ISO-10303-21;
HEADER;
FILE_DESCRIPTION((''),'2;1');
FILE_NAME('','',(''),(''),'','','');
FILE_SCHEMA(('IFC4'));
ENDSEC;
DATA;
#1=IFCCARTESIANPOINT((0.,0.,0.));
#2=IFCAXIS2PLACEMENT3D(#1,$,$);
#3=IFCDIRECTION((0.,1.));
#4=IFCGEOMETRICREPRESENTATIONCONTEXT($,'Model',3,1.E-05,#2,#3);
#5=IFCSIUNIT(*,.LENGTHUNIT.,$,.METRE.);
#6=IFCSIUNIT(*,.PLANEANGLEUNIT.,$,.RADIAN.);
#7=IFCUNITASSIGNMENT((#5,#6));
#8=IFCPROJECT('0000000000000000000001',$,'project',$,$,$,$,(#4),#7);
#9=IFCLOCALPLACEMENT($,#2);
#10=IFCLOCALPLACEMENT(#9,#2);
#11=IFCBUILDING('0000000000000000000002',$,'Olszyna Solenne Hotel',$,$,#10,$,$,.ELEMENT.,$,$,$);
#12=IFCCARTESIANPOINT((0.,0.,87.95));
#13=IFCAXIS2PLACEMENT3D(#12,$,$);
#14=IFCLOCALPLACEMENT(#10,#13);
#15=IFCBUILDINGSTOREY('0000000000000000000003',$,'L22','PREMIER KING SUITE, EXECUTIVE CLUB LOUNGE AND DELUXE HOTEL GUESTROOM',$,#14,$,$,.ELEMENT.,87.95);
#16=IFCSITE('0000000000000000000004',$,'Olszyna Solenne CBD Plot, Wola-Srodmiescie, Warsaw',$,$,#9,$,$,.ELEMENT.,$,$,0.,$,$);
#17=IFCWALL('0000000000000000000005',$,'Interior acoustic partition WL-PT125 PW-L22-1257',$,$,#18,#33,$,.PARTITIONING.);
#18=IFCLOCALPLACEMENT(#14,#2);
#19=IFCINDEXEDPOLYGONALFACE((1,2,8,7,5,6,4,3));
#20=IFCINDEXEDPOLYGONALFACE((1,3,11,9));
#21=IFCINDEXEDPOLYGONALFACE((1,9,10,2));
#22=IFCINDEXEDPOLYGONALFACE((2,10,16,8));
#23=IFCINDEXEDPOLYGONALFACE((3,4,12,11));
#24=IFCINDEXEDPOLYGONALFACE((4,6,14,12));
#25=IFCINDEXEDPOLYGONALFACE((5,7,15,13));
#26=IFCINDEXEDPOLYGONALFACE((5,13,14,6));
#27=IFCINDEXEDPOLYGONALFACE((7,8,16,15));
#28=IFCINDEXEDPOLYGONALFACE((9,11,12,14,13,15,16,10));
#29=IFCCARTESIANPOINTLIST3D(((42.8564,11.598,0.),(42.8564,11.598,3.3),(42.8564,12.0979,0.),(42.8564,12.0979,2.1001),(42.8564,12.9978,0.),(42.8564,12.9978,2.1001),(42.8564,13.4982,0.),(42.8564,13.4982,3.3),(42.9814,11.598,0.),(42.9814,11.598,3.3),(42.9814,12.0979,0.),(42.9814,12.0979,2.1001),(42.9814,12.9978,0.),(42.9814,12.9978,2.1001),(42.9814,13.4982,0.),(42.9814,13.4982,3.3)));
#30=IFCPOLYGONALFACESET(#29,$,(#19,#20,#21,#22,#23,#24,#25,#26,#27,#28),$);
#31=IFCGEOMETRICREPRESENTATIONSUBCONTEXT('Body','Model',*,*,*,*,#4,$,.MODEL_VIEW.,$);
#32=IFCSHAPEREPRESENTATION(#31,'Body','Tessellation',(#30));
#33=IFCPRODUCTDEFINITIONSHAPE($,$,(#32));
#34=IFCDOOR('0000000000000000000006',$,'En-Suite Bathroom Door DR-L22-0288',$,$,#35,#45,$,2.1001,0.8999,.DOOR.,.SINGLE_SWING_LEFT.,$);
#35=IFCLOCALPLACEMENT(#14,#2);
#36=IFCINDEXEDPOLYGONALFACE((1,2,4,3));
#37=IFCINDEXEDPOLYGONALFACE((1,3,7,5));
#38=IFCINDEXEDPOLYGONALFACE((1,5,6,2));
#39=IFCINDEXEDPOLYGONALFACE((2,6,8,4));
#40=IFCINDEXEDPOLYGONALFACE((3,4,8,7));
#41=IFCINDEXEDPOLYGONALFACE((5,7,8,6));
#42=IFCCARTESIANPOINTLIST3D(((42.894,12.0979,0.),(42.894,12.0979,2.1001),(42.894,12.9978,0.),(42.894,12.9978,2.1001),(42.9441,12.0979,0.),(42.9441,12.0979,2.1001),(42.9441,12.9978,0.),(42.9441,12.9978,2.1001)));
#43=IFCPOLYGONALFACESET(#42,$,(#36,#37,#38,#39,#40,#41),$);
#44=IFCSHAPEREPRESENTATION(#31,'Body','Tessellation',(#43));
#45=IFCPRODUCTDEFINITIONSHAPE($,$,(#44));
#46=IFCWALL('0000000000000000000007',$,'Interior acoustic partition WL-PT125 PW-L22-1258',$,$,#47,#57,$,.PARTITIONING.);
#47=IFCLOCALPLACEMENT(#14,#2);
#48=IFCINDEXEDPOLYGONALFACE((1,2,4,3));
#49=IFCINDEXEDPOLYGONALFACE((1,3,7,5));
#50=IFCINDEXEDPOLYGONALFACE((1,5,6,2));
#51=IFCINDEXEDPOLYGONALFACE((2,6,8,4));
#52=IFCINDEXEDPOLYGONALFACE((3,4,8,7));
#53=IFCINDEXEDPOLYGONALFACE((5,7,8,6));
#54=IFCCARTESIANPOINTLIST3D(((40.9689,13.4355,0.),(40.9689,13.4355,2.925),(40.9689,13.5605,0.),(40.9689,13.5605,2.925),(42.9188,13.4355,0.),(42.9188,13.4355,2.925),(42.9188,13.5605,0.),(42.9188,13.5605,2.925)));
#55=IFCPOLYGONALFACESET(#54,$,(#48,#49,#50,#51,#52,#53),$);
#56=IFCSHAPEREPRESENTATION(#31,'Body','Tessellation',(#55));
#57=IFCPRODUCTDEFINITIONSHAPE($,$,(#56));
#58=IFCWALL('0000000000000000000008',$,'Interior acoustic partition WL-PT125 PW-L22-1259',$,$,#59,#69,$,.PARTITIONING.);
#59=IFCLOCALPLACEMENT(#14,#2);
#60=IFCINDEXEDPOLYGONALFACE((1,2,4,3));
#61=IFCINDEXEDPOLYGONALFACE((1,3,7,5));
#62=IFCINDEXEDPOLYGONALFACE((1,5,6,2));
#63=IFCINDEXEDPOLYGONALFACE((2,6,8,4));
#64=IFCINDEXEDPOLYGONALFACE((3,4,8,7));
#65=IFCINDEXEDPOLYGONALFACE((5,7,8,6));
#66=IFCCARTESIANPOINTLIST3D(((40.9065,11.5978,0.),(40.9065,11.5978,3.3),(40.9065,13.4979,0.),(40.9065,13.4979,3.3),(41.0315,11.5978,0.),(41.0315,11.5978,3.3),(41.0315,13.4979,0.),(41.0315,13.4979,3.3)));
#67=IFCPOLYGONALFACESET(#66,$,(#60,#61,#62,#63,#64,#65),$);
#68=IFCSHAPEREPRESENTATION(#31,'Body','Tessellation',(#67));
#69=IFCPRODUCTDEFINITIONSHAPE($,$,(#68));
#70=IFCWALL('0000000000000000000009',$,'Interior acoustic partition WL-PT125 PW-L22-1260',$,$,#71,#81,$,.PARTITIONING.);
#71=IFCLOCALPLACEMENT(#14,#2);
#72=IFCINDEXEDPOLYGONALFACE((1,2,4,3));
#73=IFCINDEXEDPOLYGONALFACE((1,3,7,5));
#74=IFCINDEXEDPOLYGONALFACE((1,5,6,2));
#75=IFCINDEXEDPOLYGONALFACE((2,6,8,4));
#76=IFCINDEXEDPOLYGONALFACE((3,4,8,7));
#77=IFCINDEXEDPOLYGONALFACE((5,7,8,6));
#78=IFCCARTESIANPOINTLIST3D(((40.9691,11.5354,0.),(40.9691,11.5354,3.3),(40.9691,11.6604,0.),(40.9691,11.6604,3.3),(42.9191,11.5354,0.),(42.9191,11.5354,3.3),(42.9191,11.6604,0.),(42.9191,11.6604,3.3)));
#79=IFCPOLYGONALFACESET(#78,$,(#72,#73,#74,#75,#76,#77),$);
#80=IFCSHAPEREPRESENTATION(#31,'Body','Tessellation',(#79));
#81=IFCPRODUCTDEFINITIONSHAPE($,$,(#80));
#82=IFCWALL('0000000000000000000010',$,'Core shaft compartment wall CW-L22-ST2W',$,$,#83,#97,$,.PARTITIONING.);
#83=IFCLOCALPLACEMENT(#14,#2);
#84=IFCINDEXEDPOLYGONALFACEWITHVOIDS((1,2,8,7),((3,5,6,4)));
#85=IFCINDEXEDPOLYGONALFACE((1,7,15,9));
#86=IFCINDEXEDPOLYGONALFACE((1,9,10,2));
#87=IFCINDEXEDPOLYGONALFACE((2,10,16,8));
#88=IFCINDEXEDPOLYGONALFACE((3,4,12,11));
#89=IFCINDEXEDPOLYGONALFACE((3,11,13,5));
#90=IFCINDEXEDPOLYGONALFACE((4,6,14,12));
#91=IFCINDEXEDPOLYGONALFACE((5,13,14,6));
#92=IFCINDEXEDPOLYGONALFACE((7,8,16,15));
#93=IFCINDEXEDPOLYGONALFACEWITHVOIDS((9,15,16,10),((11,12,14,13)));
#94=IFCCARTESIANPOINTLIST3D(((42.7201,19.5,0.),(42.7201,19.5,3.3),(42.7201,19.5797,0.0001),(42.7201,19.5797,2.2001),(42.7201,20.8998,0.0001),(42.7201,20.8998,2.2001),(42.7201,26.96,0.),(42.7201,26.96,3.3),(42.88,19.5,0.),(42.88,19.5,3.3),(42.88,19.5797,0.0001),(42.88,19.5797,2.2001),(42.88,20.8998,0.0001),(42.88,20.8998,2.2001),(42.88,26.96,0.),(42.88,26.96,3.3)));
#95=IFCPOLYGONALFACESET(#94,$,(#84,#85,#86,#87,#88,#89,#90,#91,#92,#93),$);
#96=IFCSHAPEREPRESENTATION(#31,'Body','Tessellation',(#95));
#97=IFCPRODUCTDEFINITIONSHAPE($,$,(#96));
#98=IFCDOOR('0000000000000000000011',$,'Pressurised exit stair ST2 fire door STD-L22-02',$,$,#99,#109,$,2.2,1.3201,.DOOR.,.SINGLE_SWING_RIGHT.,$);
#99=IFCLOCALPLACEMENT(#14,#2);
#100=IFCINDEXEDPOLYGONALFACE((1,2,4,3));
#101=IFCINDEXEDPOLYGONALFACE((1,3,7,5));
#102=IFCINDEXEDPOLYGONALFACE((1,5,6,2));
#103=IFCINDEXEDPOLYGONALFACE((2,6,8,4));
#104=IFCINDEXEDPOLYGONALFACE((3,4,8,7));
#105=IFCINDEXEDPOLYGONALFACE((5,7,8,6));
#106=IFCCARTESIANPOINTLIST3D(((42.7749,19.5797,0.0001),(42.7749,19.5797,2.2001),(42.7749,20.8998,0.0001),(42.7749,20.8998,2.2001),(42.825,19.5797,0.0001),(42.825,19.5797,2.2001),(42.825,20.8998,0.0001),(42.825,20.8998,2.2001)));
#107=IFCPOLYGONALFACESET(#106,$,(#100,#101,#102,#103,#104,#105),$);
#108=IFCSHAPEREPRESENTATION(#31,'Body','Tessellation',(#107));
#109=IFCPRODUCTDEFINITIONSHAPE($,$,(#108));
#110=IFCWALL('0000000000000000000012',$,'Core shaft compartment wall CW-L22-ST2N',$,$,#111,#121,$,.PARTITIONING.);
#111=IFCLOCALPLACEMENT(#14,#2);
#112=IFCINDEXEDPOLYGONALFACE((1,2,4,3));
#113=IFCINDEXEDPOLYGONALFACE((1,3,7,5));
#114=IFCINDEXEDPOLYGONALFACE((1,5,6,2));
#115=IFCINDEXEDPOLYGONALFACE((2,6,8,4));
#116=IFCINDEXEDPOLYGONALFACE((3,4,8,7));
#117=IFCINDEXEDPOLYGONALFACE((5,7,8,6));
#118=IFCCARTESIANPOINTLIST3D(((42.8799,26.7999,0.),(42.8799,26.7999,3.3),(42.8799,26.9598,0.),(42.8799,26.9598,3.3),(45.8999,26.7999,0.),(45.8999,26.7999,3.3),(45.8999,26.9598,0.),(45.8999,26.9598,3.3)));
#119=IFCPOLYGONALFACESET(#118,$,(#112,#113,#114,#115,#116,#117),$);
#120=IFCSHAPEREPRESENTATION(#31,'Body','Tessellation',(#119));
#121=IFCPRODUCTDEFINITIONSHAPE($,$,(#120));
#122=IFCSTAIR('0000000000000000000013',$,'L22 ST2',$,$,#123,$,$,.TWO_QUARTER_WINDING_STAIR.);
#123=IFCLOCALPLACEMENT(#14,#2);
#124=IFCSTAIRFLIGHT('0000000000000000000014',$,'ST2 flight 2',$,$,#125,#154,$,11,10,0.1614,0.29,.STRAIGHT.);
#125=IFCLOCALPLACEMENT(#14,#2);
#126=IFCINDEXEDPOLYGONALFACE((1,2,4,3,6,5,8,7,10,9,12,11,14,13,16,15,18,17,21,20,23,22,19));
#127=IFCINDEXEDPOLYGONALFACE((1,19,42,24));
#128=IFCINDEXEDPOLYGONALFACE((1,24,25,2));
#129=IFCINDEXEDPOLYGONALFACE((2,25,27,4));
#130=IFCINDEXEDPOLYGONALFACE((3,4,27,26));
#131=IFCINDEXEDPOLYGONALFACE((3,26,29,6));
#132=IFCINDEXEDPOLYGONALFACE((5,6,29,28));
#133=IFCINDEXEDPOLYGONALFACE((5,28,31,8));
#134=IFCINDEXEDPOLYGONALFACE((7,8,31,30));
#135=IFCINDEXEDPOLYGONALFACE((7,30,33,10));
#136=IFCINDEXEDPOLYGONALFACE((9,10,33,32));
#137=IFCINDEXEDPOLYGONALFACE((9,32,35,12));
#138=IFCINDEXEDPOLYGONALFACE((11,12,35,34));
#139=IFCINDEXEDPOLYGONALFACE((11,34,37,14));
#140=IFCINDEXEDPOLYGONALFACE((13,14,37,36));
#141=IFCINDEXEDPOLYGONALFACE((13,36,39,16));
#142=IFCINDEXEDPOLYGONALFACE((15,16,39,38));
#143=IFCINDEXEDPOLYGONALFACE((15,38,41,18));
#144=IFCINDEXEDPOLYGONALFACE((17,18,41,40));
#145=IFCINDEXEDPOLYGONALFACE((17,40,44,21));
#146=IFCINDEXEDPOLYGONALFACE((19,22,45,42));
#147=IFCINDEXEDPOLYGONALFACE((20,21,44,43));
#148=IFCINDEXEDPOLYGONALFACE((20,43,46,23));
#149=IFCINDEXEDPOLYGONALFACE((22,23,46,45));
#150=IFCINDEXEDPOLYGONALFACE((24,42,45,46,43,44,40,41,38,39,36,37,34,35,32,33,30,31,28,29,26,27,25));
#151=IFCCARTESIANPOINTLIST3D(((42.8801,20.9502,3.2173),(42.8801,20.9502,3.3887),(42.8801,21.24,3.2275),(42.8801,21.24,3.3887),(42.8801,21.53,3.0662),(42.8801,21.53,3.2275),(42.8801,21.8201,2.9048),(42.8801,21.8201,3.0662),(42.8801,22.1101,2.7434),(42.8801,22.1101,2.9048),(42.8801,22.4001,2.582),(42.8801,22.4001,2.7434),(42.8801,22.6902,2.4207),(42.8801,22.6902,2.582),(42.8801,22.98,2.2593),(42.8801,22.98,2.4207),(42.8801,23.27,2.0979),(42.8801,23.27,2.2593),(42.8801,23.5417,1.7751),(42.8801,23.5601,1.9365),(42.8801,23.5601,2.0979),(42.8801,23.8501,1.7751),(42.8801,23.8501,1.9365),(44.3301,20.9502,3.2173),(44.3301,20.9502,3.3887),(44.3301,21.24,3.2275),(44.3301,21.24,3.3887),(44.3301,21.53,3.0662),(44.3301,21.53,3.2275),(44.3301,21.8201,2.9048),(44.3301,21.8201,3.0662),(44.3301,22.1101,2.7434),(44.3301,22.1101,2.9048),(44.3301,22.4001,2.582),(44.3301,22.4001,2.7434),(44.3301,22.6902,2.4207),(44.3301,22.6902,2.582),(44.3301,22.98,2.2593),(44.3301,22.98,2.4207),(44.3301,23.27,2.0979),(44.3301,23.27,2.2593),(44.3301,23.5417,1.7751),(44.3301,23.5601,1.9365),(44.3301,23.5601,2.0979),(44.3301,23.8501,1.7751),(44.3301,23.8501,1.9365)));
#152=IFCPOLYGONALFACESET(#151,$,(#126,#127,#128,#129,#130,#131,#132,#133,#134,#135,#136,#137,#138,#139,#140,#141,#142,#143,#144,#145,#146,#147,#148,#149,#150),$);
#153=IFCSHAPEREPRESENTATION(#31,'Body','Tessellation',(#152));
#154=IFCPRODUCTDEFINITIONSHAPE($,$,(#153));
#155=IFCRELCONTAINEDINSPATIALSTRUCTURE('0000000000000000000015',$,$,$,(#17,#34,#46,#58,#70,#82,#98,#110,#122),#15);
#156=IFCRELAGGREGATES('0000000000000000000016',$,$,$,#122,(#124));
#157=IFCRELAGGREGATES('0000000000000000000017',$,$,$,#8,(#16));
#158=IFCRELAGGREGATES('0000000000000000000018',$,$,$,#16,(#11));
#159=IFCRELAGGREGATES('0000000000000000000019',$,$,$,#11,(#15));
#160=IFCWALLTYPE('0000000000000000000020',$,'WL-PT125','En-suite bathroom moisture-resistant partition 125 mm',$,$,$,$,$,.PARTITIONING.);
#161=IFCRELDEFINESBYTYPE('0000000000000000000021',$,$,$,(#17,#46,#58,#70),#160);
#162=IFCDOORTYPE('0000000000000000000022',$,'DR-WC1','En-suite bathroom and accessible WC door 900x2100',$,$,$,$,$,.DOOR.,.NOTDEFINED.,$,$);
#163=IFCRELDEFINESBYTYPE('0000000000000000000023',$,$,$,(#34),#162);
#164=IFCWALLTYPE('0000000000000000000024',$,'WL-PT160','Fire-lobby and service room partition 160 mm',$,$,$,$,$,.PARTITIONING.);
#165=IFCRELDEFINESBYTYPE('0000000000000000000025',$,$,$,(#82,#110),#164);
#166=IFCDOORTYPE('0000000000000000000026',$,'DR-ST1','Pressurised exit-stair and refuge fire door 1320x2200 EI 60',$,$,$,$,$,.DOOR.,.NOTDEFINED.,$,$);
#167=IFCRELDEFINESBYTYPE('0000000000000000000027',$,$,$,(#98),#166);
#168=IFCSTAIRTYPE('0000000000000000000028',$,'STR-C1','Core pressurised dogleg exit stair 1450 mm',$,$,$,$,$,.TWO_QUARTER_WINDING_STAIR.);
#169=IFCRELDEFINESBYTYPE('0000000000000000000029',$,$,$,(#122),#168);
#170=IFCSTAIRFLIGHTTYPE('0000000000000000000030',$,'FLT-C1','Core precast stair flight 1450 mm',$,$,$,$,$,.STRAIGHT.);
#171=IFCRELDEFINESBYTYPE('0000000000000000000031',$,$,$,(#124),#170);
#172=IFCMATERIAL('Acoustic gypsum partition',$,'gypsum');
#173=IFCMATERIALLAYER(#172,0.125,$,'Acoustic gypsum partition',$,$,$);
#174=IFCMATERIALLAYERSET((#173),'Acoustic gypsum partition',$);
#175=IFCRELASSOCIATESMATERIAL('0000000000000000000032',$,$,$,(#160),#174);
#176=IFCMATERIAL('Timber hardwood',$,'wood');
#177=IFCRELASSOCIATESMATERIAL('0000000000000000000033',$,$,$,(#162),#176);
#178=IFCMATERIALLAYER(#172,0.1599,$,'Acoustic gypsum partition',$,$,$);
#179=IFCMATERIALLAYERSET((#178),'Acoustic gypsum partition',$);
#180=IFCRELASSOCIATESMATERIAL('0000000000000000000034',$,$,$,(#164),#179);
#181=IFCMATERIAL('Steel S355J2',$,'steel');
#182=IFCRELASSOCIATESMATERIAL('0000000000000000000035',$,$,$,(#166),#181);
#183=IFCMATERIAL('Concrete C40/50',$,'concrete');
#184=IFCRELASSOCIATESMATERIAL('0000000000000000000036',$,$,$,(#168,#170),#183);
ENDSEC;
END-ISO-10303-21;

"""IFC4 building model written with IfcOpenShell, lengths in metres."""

from ifc_helpers import new_model, si_unit, direction, frame, frame_2d, origin, place, context, subcontext, project, spatial, polyline, rectangle, outline, extrude, source, transform, mapped, material, layer, layer_set, type_object, type_shapes, element, fill, aggregate, save


model = new_model("IFC4")

# Units and contexts
model_context = context("Model", 3, precision=1e-05, world=origin(), true_north=direction((0.0, 1.0)))
body_context = subcontext(model_context, "Body", "Model", "MODEL_VIEW")
ifc_project = project(units=[si_unit("LENGTHUNIT", "METRE"), si_unit("PLANEANGLEUNIT", "RADIAN")], contexts=[model_context])

# Site, building, storey
site_placement = place(None, origin())
site = spatial("IfcSite", under=ifc_project, at=site_placement, Name="Olszyna Solenne CBD Plot, Wola-Srodmiescie, Warsaw", CompositionType="ELEMENT", RefElevation=0.0)
building_placement = place(site_placement, origin())
building = spatial("IfcBuilding", under=site, at=building_placement, Name="Olszyna Solenne Hotel", CompositionType="ELEMENT")
storey_placement = place(building_placement, frame((0.0, 0.0, 87.95)))
storey = spatial("IfcBuildingStorey", under=building, at=storey_placement, Name="L22", Description="PREMIER KING SUITE, EXECUTIVE CLUB LOUNGE AND DELUXE HOTEL GUESTROOM", CompositionType="ELEMENT", Elevation=87.95)

# Wall, opening, door
ifc_material_1 = material(Name="Acoustic gypsum partition", Category="gypsum")
ifc_layer_1 = layer(ifc_material_1, 0.125, Name="Acoustic gypsum partition")
ifc_layer_set_1 = layer_set([ifc_layer_1], Name="Acoustic gypsum partition")
wall_type_1 = type_object("IfcWallType", Name="WL-PT125", Description="En-suite bathroom moisture-resistant partition 125 mm", PredefinedType="PARTITIONING", material=ifc_layer_set_1)
wall_1_placement = place(storey_placement, frame((42.9189, 11.5979, 0.0), z_axis=(0.0, 0.0, 1.0), x_axis=(0.0, 1.0, 0.0)))
wall_1 = element("IfcWall", 1, at=wall_1_placement, inside=storey, type_object=wall_type_1, Name="Interior acoustic partition WL-PT125 PW-L22-1257", PredefinedType="PARTITIONING", context=body_context, shape_type="SweptSolid", body=[
    extrude(rectangle(XDim=1.9001, YDim=0.125, at=frame_2d((0.9502, 0.0))), origin(), (0.0, 0.0, 1.0), 3.3),
])
opening_1_placement = place(wall_1_placement, frame((0.5, 0.0, 0.0)))
opening_1 = element("IfcOpeningElement", 2, at=opening_1_placement, cuts=wall_1, PredefinedType="OPENING", context=body_context, shape_type="SweptSolid", body=[
    extrude(rectangle(XDim=0.8999, YDim=2.1001, at=frame_2d((0.45, 1.05))), frame((0.0, 0.0725, 0.0), z_axis=(0.0, -1.0, 0.0), x_axis=(1.0, 0.0, 0.0)), (0.0, 0.0, 1.0), 0.145),
])
ifc_material_2 = material(Name="Timber hardwood", Category="wood")
door_type_1 = type_object("IfcDoorType", Name="DR-WC1", Description="En-suite bathroom and accessible WC door 900x2100", OperationType="NOTDEFINED", PredefinedType="DOOR", material=ifc_material_2)
shared_shape_1 = source(origin(), body_context, "Body", "SweptSolid", [
    extrude(rectangle(XDim=0.8999, YDim=2.1001, at=frame_2d((0.45, 1.05))), frame((0.0, 0.0249, 0.0), z_axis=(0.0, -1.0, 0.0), x_axis=(1.0, 0.0, 0.0)), (0.0, 0.0, 1.0), 0.05),
])
type_shapes(door_type_1, [shared_shape_1])
door_1_placement = place(opening_1_placement, origin())
door_1 = element("IfcDoor", 3, at=door_1_placement, inside=storey, type_object=door_type_1, Name="En-Suite Bathroom Door DR-L22-0288", OperationType="SINGLE_SWING_LEFT", OverallHeight=2.1001, OverallWidth=0.8999, PredefinedType="DOOR", context=body_context, shape_type="MappedRepresentation", body=[
    mapped(shared_shape_1, transform((0.0, 0.0, 0.0), x_axis=(1.0, 0.0, 0.0), y_axis=(0.0, 1.0, 0.0), z_axis=(0.0, 0.0, 1.0), scale=1.0)),
])
fill(opening_1, door_1)

# Walls
wall_2_placement = place(storey_placement, frame((42.9189, 13.498, 0.0), z_axis=(0.0, 0.0, 1.0), x_axis=(-1.0, 0.0, 0.0)))
element("IfcWall", 4, at=wall_2_placement, inside=storey, type_object=wall_type_1, Name="Interior acoustic partition WL-PT125 PW-L22-1258", PredefinedType="PARTITIONING", context=body_context, shape_type="SweptSolid", body=[
    extrude(rectangle(XDim=1.95, YDim=0.125, at=frame_2d((0.9751, 0.0))), origin(), (0.0, 0.0, 1.0), 2.925),
])
wall_3_placement = place(storey_placement, frame((40.969, 13.498, 0.0), z_axis=(0.0, 0.0, 1.0), x_axis=(0.0, -1.0, 0.0)))
element("IfcWall", 5, at=wall_3_placement, inside=storey, type_object=wall_type_1, Name="Interior acoustic partition WL-PT125 PW-L22-1259", PredefinedType="PARTITIONING", context=body_context, shape_type="SweptSolid", body=[
    extrude(rectangle(XDim=1.9001, YDim=0.125, at=frame_2d((0.9502, 0.0))), origin(), (0.0, 0.0, 1.0), 3.3),
])
wall_4_placement = place(storey_placement, frame((40.969, 11.5979, 0.0), z_axis=(0.0, 0.0, 1.0), x_axis=(1.0, 0.0, 0.0)))
element("IfcWall", 6, at=wall_4_placement, inside=storey, type_object=wall_type_1, Name="Interior acoustic partition WL-PT125 PW-L22-1260", PredefinedType="PARTITIONING", context=body_context, shape_type="SweptSolid", body=[
    extrude(rectangle(XDim=1.95, YDim=0.125, at=frame_2d((0.9751, 0.0))), origin(), (0.0, 0.0, 1.0), 3.3),
])

# Wall, opening, door
ifc_layer_2 = layer(ifc_material_1, 0.1599, Name="Acoustic gypsum partition")
ifc_layer_set_2 = layer_set([ifc_layer_2], Name="Acoustic gypsum partition")
wall_type_2 = type_object("IfcWallType", Name="WL-PT160", Description="Fire-lobby and service room partition 160 mm", PredefinedType="PARTITIONING", material=ifc_layer_set_2)
wall_5_placement = place(storey_placement, frame((42.8, 26.96, 0.0), z_axis=(0.0, 0.0, 1.0), x_axis=(0.0, -1.0, 0.0)))
wall_5 = element("IfcWall", 7, at=wall_5_placement, inside=storey, type_object=wall_type_2, Name="Core shaft compartment wall CW-L22-ST2W", PredefinedType="PARTITIONING", context=body_context, shape_type="SweptSolid", body=[
    extrude(rectangle(XDim=7.46, YDim=0.1599, at=frame_2d((3.73, 0.0))), origin(), (0.0, 0.0, 1.0), 3.3),
])
opening_2_placement = place(wall_5_placement, frame((6.0601, 0.0, 0.0)))
opening_2 = element("IfcOpeningElement", 8, at=opening_2_placement, cuts=wall_5, PredefinedType="OPENING", context=body_context, shape_type="SweptSolid", body=[
    extrude(rectangle(XDim=1.3201, YDim=2.2, at=frame_2d((0.6602, 1.1001))), frame((0.0, 0.0898, 0.0), z_axis=(0.0, -1.0, 0.0), x_axis=(1.0, 0.0, 0.0)), (0.0, 0.0, 1.0), 0.1799),
])
ifc_material_3 = material(Name="Steel S355J2", Category="steel")
door_type_2 = type_object("IfcDoorType", Name="DR-ST1", Description="Pressurised exit-stair and refuge fire door 1320x2200 EI 60", OperationType="NOTDEFINED", PredefinedType="DOOR", material=ifc_material_3)
shared_shape_2 = source(origin(), body_context, "Body", "SweptSolid", [
    extrude(rectangle(XDim=1.3201, YDim=2.2, at=frame_2d((0.6602, 1.1001))), frame((0.0, 0.0249, 0.0), z_axis=(0.0, -1.0, 0.0), x_axis=(1.0, 0.0, 0.0)), (0.0, 0.0, 1.0), 0.05),
])
type_shapes(door_type_2, [shared_shape_2])
door_2_placement = place(opening_2_placement, origin())
door_2 = element("IfcDoor", 9, at=door_2_placement, inside=storey, type_object=door_type_2, Name="Pressurised exit stair ST2 fire door STD-L22-02", OperationType="SINGLE_SWING_RIGHT", OverallHeight=2.2, OverallWidth=1.3201, PredefinedType="DOOR", context=body_context, shape_type="MappedRepresentation", body=[
    mapped(shared_shape_2, transform((0.0, 0.0, 0.0), x_axis=(1.0, 0.0, 0.0), y_axis=(0.0, 1.0, 0.0), z_axis=(0.0, 0.0, 1.0), scale=1.0)),
])
fill(opening_2, door_2)

# Wall
wall_6_placement = place(storey_placement, frame((42.8799, 26.8799, 0.0), z_axis=(0.0, 0.0, 1.0), x_axis=(1.0, 0.0, 0.0)))
element("IfcWall", 10, at=wall_6_placement, inside=storey, type_object=wall_type_2, Name="Core shaft compartment wall CW-L22-ST2N", PredefinedType="PARTITIONING", context=body_context, shape_type="SweptSolid", body=[
    extrude(rectangle(XDim=3.02, YDim=0.1599, at=frame_2d((1.51, 0.0))), origin(), (0.0, 0.0, 1.0), 3.3),
])

# Stair, stair flight
ifc_material_4 = material(Name="Concrete C40/50", Category="concrete")
stair_type = type_object("IfcStairType", Name="STR-C1", Description="Core pressurised dogleg exit stair 1450 mm", PredefinedType="TWO_QUARTER_WINDING_STAIR", material=ifc_material_4)
stair_placement = place(storey_placement, origin())
stair = element("IfcStair", 11, at=stair_placement, inside=storey, type_object=stair_type, Name="L22 ST2", PredefinedType="TWO_QUARTER_WINDING_STAIR")
stair_flight_type = type_object("IfcStairFlightType", Name="FLT-C1", Description="Core precast stair flight 1450 mm", PredefinedType="STRAIGHT", material=ifc_material_4)
stair_flight_placement = place(storey_placement, frame((43.605, 23.8501, 1.7751), z_axis=(0.0, 0.0, 1.0), x_axis=(0.0, -1.0, 0.0)))
stair_flight = element("IfcStairFlight", 12, at=stair_flight_placement, type_object=stair_flight_type, Name="ST2 flight 2", NumberOfRisers=11, NumberOfTreads=10, PredefinedType="STRAIGHT", RiserHeight=0.1614, TreadLength=0.29, context=body_context, shape_type="SweptSolid", body=[
    extrude(outline(polyline([(0.0, 0.0), (0.0, 0.1614), (0.29, 0.1614), (0.29, 0.3228), (0.5801, 0.3228), (0.5801, 0.4841), (0.8701, 0.4841), (0.8701, 0.6455), (1.1599, 0.6455), (1.1599, 0.8069), (1.45, 0.8069), (1.45, 0.9683), (1.74, 0.9683), (1.74, 1.1296), (2.03, 1.1296), (2.03, 1.291), (2.3201, 1.291), (2.3201, 1.4524), (2.6101, 1.4524), (2.6101, 1.6135), (2.8999, 1.6135), (2.8999, 1.7749), (2.8999, 1.4421), (0.3083, 0.0), (0.0, 0.0)])), frame((0.0, 0.7251, 0.0), z_axis=(0.0, -1.0, 0.0), x_axis=(1.0, 0.0, 0.0)), (0.0, 0.0, 1.0), 1.45),
])
aggregate(stair, [stair_flight])

save(model, "model.ifc")
